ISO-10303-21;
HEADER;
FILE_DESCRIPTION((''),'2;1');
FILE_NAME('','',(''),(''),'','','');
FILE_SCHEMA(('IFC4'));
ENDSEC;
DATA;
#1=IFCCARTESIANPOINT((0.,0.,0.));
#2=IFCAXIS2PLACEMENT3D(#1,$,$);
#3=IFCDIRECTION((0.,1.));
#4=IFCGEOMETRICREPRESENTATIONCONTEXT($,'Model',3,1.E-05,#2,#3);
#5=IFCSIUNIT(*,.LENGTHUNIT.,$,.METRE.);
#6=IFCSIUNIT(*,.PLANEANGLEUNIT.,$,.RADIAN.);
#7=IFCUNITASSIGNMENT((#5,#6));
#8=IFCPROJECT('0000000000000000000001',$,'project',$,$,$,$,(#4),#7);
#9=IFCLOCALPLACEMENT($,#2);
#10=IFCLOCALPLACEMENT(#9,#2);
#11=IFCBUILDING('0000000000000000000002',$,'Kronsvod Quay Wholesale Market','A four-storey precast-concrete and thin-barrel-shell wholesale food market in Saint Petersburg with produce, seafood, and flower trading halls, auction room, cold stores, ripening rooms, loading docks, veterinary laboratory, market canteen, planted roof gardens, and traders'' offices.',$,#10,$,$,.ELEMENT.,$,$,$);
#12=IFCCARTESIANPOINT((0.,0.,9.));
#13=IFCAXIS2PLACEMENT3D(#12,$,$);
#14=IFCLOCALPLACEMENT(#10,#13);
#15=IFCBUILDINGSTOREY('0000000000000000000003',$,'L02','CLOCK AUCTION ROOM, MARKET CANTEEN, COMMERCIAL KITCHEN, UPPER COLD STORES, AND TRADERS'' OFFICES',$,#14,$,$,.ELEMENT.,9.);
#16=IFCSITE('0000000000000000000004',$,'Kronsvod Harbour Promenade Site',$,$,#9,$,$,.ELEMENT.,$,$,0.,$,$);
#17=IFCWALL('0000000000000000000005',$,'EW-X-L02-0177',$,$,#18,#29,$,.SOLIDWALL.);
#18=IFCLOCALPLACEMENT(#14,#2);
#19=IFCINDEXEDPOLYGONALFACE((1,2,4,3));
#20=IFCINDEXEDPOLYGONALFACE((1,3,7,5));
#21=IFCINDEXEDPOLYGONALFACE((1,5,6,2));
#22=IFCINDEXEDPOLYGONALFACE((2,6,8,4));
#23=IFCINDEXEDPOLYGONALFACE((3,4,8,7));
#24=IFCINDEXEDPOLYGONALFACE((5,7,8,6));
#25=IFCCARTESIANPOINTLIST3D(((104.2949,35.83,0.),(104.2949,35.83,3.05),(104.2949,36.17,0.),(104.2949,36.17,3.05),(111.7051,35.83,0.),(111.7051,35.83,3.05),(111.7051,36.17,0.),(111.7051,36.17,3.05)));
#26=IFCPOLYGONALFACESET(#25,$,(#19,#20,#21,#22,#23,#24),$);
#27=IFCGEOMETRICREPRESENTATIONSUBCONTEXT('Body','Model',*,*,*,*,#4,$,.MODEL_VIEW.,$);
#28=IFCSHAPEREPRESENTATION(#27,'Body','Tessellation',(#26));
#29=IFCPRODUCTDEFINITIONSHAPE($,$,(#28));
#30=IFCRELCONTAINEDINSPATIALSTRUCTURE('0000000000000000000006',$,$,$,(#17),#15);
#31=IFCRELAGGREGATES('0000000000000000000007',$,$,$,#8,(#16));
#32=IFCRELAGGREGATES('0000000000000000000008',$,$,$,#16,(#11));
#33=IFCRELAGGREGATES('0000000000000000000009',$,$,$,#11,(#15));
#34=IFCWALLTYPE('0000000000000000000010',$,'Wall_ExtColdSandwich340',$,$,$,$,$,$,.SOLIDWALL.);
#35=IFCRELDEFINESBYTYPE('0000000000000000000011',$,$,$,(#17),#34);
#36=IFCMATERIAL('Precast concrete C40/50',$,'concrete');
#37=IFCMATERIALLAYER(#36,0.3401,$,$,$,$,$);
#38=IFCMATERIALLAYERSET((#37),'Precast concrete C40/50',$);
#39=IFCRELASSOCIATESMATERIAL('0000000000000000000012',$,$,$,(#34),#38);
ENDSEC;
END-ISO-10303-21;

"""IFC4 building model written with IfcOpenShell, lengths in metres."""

from ifc_helpers import new_model, si_unit, direction, frame, frame_2d, origin, place, context, subcontext, project, spatial, rectangle, extrude, material, layer, layer_set, type_object, element, save


model = new_model("IFC4")

# Units and contexts
model_context = context("Model", 3, precision=1e-05, world=origin(), true_north=direction((0.0, 1.0)))
body_context = subcontext(model_context, "Body", "Model", "MODEL_VIEW")
ifc_project = project(units=[si_unit("LENGTHUNIT", "METRE"), si_unit("PLANEANGLEUNIT", "RADIAN")], contexts=[model_context])

# Site, building, storey
site_placement = place(None, origin())
site = spatial("IfcSite", under=ifc_project, at=site_placement, Name="Kronsvod Harbour Promenade Site", CompositionType="ELEMENT", RefElevation=0.0)
building_placement = place(site_placement, origin())
building = spatial("IfcBuilding", under=site, at=building_placement, Name="Kronsvod Quay Wholesale Market", Description="A four-storey precast-concrete and thin-barrel-shell wholesale food market in Saint Petersburg with produce, seafood, and flower trading halls, auction room, cold stores, ripening rooms, loading docks, veterinary laboratory, market canteen, planted roof gardens, and traders' offices.", CompositionType="ELEMENT")
storey_placement = place(building_placement, frame((0.0, 0.0, 9.0)))
storey = spatial("IfcBuildingStorey", under=building, at=storey_placement, Name="L02", Description="CLOCK AUCTION ROOM, MARKET CANTEEN, COMMERCIAL KITCHEN, UPPER COLD STORES, AND TRADERS' OFFICES", CompositionType="ELEMENT", Elevation=9.0)

# Wall
ifc_material_1 = material(Name="Precast concrete C40/50", Category="concrete")
ifc_layer_1 = layer(ifc_material_1, 0.3401)
ifc_layer_set_1 = layer_set([ifc_layer_1], Name="Precast concrete C40/50")
wall_type_1 = type_object("IfcWallType", Name="Wall_ExtColdSandwich340", PredefinedType="SOLIDWALL", material=ifc_layer_set_1)
wall_1_placement = place(storey_placement, frame((104.2949, 36.0, 0.0), z_axis=(0.0, 0.0, 1.0), x_axis=(1.0, 0.0, 0.0)))
element("IfcWall", 1, at=wall_1_placement, inside=storey, type_object=wall_type_1, Name="EW-X-L02-0177", PredefinedType="SOLIDWALL", context=body_context, shape_type="SweptSolid", body=[
    extrude(rectangle(XDim=7.4102, YDim=0.3401, at=frame_2d((3.7051, 0.0))), origin(), (0.0, 0.0, 1.0), 3.05),
])

save(model, "model.ifc")
